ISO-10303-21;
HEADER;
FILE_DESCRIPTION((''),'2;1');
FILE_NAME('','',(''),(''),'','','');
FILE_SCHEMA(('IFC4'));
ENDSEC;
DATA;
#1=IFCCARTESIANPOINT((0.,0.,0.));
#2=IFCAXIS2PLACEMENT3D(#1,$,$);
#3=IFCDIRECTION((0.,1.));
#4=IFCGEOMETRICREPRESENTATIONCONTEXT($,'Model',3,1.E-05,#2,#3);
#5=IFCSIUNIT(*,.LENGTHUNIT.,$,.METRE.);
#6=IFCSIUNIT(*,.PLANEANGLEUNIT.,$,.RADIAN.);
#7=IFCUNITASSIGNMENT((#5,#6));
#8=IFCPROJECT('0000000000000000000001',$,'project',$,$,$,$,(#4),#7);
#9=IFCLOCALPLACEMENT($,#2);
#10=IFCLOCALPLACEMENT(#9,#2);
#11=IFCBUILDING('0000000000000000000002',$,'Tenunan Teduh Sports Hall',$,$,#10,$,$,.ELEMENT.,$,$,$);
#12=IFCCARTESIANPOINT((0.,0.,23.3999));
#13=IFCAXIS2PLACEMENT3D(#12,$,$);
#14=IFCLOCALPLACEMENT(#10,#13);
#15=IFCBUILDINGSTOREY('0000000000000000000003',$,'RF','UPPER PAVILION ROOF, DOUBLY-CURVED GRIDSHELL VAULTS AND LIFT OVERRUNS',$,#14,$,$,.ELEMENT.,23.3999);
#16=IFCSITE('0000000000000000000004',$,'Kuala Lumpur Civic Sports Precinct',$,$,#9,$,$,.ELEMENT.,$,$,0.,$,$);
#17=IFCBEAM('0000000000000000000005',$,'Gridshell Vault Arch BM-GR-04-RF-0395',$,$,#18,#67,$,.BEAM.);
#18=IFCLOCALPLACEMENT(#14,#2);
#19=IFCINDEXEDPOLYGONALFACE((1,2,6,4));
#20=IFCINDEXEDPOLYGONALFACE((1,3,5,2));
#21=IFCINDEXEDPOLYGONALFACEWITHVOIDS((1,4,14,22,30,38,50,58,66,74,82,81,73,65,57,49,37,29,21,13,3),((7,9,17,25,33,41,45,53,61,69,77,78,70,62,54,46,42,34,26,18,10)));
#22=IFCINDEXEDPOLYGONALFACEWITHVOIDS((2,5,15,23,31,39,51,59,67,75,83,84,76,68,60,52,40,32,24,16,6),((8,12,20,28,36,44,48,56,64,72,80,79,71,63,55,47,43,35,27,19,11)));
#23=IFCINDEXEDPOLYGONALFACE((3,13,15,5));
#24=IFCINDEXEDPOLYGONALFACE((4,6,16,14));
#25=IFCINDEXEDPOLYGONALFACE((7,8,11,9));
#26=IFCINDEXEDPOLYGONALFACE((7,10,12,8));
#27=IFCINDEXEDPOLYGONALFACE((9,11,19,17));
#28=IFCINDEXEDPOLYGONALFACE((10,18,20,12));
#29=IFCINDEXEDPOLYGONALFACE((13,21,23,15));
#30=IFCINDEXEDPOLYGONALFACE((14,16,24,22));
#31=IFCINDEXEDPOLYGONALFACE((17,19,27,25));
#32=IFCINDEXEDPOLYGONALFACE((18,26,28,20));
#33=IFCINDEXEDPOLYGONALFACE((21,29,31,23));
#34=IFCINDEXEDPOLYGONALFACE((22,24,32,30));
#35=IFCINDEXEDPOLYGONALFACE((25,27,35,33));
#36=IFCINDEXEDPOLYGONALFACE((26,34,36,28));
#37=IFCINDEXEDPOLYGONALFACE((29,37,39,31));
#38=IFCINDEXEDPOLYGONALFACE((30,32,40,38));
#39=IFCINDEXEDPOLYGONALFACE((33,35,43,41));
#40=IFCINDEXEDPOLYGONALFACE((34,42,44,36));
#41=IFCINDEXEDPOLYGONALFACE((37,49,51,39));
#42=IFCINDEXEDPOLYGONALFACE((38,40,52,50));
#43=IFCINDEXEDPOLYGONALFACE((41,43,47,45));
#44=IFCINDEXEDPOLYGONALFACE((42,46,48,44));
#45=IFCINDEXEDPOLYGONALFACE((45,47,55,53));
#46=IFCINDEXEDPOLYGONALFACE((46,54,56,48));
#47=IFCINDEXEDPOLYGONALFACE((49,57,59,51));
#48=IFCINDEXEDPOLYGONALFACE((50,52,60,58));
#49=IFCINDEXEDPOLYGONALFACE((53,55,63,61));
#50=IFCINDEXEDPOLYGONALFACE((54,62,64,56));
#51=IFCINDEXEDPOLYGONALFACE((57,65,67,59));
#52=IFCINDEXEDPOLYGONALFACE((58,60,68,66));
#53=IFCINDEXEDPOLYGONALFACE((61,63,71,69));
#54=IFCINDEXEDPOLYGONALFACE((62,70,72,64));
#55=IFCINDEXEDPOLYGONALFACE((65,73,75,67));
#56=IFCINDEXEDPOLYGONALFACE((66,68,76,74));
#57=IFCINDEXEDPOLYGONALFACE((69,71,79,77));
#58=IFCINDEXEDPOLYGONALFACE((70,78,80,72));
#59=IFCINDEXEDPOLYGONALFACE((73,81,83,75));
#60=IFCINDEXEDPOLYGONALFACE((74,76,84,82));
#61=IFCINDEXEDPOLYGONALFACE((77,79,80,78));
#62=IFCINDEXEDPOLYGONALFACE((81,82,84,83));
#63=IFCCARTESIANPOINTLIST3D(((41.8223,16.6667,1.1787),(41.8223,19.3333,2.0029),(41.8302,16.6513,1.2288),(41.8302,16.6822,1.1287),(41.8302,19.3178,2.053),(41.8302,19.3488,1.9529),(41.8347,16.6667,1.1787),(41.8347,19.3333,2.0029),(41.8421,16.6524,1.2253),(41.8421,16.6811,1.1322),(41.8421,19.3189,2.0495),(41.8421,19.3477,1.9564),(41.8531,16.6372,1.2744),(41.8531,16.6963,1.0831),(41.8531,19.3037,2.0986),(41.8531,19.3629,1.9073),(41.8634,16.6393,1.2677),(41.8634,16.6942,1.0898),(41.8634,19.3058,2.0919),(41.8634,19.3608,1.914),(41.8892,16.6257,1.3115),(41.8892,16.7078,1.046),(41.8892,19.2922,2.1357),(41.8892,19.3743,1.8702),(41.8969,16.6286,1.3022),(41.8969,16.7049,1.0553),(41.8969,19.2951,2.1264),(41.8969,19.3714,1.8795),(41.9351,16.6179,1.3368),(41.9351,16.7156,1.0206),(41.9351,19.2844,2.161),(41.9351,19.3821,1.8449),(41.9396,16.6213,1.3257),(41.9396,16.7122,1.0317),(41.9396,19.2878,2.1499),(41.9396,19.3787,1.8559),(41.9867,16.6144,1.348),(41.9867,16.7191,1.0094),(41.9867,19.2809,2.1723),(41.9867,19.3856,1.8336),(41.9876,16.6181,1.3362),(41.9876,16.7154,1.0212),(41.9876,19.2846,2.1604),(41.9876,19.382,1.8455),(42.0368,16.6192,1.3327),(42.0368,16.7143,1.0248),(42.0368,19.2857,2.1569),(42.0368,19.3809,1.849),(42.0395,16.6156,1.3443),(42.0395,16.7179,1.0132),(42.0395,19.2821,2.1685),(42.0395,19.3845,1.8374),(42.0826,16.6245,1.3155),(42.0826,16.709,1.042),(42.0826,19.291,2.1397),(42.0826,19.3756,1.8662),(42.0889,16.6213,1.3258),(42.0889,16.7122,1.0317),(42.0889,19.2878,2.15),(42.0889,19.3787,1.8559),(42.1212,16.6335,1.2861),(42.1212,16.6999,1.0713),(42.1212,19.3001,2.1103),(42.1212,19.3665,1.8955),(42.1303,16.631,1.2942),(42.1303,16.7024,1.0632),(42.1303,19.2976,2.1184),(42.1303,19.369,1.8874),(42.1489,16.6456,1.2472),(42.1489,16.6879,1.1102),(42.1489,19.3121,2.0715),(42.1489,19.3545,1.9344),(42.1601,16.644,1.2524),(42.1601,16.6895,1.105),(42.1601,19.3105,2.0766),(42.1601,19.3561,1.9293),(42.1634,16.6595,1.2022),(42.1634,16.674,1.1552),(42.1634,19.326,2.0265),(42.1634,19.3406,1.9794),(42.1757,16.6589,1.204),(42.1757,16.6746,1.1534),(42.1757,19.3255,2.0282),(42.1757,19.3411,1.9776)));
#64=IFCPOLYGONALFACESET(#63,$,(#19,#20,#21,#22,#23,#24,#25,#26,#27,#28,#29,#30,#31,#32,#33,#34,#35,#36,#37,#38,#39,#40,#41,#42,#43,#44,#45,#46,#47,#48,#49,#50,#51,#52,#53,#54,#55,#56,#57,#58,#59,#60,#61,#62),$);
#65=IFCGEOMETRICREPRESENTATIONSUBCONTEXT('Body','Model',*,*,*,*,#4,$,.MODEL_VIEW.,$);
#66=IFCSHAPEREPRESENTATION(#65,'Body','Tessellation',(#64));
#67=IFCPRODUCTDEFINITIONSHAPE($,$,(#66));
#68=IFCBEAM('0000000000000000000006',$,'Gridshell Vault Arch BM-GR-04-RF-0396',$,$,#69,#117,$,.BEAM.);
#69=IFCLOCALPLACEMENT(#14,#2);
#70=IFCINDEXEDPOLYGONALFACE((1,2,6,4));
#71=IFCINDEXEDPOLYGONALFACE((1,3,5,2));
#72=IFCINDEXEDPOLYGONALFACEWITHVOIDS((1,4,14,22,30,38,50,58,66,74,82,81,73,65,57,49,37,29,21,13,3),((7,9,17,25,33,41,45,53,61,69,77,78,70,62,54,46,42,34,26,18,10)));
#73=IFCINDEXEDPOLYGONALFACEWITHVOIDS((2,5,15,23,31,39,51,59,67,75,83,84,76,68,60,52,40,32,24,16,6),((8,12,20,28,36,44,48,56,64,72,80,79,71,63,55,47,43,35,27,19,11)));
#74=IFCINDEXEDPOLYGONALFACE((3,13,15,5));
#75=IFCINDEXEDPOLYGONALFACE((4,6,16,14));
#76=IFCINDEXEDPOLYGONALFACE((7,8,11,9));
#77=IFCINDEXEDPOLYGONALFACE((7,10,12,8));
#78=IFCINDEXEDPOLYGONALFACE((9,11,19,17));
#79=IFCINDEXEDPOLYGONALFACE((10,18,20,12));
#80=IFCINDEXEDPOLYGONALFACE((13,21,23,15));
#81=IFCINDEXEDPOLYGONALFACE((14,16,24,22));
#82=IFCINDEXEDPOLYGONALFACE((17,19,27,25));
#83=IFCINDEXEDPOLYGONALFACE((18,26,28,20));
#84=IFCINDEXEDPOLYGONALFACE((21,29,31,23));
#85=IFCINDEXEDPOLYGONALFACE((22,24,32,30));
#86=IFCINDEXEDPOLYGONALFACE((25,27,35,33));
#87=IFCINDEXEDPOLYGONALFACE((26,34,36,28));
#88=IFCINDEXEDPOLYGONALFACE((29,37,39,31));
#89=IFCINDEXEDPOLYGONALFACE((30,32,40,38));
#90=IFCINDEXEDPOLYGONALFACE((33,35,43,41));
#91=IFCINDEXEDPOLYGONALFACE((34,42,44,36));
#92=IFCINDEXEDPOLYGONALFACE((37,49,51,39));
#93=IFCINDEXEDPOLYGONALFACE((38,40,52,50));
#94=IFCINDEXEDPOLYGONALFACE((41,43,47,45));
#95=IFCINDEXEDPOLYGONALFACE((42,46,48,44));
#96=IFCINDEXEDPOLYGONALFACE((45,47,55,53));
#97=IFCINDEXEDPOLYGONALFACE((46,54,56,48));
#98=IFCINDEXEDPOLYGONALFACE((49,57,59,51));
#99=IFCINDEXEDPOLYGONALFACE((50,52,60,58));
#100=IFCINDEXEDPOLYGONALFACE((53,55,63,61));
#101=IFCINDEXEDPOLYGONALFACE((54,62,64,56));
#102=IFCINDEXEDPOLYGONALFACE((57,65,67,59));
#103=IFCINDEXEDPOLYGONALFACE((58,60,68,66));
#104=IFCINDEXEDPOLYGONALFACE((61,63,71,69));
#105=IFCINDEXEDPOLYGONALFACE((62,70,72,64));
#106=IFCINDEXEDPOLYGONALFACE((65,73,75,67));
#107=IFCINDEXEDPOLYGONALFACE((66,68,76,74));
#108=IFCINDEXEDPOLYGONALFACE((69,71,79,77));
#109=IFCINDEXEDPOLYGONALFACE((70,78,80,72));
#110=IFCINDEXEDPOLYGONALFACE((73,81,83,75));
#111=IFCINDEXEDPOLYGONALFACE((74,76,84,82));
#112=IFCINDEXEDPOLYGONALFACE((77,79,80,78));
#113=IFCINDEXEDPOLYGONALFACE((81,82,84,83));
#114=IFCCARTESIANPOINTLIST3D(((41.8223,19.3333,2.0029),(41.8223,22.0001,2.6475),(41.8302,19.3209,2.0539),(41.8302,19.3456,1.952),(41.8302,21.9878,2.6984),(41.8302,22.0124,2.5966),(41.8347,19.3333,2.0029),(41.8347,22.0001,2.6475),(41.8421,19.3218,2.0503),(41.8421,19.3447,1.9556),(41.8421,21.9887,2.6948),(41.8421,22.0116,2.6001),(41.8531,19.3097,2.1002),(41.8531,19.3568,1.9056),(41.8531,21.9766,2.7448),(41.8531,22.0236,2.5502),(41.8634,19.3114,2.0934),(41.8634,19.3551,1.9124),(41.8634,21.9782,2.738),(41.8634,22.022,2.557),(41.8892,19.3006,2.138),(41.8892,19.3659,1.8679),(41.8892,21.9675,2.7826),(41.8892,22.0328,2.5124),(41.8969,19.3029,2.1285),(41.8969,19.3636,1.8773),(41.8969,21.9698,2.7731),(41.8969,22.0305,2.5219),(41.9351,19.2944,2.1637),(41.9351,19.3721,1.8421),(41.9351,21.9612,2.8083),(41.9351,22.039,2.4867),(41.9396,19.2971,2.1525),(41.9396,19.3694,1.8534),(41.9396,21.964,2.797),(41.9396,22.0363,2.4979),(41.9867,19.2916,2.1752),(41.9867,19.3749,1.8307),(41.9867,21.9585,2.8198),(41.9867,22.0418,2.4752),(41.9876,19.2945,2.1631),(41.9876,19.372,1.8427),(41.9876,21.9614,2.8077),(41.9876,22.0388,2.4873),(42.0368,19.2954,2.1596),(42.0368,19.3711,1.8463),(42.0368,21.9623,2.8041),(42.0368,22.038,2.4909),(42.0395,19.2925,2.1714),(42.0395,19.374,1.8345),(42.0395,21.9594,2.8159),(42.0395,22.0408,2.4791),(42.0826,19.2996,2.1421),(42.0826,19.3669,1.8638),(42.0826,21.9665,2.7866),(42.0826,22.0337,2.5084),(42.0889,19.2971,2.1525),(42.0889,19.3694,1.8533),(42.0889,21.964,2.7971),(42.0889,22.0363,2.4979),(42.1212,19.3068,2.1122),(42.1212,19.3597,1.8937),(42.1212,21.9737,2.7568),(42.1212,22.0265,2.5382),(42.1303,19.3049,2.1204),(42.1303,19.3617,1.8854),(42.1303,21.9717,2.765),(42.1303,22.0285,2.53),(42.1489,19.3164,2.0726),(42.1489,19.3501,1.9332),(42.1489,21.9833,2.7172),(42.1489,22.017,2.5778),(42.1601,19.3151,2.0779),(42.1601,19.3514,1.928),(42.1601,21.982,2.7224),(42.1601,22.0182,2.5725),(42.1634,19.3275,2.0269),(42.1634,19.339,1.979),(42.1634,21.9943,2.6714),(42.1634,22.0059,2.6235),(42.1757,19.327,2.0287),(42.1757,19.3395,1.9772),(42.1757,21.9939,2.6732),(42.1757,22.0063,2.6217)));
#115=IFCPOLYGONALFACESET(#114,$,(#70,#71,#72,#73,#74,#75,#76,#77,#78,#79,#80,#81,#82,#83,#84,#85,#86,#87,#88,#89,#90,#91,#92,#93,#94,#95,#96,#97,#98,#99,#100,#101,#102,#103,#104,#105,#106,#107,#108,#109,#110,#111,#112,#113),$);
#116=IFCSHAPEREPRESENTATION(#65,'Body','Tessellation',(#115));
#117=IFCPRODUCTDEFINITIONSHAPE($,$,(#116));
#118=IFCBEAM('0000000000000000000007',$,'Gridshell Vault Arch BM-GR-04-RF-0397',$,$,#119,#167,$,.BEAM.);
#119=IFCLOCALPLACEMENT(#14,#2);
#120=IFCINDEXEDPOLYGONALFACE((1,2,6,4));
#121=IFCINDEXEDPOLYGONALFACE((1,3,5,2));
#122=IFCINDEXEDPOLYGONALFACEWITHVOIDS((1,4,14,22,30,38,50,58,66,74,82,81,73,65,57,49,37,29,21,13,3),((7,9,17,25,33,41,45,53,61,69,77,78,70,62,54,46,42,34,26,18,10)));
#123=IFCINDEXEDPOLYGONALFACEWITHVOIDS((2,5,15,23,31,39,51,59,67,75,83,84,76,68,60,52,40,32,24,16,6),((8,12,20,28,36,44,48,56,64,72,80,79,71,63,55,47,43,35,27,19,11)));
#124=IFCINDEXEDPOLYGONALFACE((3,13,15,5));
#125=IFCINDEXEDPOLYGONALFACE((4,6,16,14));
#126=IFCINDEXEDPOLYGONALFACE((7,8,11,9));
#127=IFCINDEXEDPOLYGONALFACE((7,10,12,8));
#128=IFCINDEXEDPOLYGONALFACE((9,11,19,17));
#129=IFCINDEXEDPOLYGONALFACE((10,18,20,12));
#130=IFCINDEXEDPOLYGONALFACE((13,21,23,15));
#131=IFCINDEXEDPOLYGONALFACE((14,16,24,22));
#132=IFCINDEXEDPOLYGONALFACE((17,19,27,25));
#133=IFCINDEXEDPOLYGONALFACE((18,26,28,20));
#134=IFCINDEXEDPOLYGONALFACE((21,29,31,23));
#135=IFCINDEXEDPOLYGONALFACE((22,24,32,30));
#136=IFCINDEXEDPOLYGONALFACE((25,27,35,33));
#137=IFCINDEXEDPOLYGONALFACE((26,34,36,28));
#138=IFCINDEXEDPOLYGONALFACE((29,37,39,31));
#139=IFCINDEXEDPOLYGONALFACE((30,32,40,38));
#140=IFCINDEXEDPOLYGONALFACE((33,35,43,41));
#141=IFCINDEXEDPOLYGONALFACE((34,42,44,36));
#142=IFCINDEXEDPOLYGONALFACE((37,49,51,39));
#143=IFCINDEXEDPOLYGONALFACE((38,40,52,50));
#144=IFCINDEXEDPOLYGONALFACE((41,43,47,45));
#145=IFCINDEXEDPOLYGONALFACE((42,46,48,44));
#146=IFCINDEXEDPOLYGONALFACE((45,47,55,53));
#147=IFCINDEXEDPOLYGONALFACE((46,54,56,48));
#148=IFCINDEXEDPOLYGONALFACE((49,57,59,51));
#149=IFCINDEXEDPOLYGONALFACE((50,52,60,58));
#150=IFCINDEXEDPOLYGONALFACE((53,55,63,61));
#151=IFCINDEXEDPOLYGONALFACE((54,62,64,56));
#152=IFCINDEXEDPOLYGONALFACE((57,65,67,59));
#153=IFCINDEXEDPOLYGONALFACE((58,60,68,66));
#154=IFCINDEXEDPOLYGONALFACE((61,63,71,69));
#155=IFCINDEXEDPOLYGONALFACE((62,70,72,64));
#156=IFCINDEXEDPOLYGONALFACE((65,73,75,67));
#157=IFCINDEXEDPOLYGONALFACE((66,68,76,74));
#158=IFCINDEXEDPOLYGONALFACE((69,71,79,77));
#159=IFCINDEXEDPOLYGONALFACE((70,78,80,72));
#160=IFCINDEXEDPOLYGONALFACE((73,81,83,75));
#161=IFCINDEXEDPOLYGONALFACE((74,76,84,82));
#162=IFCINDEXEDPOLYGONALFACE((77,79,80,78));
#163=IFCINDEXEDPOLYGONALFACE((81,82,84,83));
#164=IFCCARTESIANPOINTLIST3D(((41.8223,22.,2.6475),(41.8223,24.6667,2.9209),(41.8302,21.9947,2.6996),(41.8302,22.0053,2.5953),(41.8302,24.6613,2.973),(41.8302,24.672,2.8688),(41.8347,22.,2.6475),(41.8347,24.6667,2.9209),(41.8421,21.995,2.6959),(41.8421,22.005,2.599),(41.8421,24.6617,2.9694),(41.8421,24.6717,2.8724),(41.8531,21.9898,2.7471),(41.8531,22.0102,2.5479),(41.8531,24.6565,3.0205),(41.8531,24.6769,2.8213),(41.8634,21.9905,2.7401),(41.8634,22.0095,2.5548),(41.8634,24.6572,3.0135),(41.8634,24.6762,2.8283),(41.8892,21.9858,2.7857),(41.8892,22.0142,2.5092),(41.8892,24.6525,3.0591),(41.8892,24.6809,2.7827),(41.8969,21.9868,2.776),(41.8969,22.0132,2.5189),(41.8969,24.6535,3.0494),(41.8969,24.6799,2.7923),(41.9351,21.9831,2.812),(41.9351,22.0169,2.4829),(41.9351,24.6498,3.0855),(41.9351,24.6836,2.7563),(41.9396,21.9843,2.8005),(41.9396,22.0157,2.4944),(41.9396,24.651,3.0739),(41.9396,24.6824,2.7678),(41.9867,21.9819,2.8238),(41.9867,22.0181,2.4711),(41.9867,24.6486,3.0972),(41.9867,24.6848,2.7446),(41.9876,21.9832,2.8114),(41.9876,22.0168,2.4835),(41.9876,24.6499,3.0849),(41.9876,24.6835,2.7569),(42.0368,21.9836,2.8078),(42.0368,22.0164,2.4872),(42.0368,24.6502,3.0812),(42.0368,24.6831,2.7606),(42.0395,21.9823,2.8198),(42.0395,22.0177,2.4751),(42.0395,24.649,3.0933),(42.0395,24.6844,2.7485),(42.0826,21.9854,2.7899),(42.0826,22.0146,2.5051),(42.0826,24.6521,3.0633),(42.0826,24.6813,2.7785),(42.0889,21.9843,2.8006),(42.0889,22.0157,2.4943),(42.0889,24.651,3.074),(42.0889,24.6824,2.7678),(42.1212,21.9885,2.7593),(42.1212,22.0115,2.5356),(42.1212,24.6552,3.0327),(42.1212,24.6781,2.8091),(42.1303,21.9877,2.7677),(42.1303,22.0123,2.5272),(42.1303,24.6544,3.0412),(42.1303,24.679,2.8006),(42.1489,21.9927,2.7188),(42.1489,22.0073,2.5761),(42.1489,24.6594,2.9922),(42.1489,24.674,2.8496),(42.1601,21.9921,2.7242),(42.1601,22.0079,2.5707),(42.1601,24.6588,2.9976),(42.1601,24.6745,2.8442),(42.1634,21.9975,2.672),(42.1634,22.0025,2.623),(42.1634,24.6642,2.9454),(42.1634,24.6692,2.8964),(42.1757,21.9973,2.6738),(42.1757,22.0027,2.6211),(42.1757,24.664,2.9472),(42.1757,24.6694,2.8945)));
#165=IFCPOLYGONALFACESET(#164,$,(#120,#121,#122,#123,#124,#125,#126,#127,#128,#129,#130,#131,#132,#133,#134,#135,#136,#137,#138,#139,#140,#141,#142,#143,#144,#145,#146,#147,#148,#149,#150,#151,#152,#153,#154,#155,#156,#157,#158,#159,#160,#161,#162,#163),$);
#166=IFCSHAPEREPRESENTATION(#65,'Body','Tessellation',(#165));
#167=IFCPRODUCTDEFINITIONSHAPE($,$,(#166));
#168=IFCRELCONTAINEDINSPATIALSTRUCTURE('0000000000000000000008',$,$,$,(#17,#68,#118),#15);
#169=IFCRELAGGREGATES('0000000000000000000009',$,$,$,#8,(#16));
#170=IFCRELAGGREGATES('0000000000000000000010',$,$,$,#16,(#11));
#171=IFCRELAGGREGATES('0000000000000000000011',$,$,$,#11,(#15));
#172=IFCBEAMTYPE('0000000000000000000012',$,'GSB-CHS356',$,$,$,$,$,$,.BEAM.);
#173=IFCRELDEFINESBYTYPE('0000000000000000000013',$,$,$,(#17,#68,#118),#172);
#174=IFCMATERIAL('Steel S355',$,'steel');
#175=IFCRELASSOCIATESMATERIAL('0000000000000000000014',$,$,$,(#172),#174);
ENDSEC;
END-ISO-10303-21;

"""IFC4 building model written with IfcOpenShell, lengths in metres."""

from ifc_helpers import new_model, si_unit, direction, frame, origin, origin_2d, place, context, subcontext, project, spatial, hollow_circle, extrude, material, material_profile, profile_set, type_object, element, save


model = new_model("IFC4")

# Units and contexts
model_context = context("Model", 3, precision=1e-05, world=origin(), true_north=direction((0.0, 1.0)))
body_context = subcontext(model_context, "Body", "Model", "MODEL_VIEW")
ifc_project = project(units=[si_unit("LENGTHUNIT", "METRE"), si_unit("PLANEANGLEUNIT", "RADIAN")], contexts=[model_context])

# Site, building, storey
site_placement = place(None, origin())
site = spatial("IfcSite", under=ifc_project, at=site_placement, Name="Kuala Lumpur Civic Sports Precinct", CompositionType="ELEMENT", RefElevation=0.0)
building_placement = place(site_placement, origin())
building = spatial("IfcBuilding", under=site, at=building_placement, Name="Tenunan Teduh Sports Hall", CompositionType="ELEMENT")
storey_placement = place(building_placement, frame((0.0, 0.0, 23.3999)))
storey = spatial("IfcBuildingStorey", under=building, at=storey_placement, Name="RF", Description="UPPER PAVILION ROOF, DOUBLY-CURVED GRIDSHELL VAULTS AND LIFT OVERRUNS", CompositionType="ELEMENT", Elevation=23.3999)

# Beams
ifc_material_1 = material(Name="Steel S355", Category="steel")
ifc_material_profile_1 = material_profile(ifc_material_1, hollow_circle(Radius=0.1777, WallThickness=0.0125, at=origin_2d()), Name="CHS 355.6x12.5")
ifc_profile_set_1 = profile_set([ifc_material_profile_1], Name="Steel S355")
beam_type_1 = type_object("IfcBeamType", Name="GSB-CHS356", PredefinedType="BEAM", material=ifc_profile_set_1)
beam_1_placement = place(storey_placement, frame((42.0, 16.6667, 1.1787), z_axis=(0.0, 0.9554, 0.295315), x_axis=(-1.0, 0.0, 0.0)))
element("IfcBeam", 1, at=beam_1_placement, inside=storey, type_object=beam_type_1, Name="Gridshell Vault Arch BM-GR-04-RF-0395", PredefinedType="BEAM", context=body_context, shape_type="SweptSolid", body=[
    extrude(hollow_circle(Radius=0.1777, WallThickness=0.0125, at=origin_2d()), origin(), (0.0, 0.0, 1.0), 2.791),
])
beam_2_placement = place(storey_placement, frame((42.0, 19.3333, 2.0029), z_axis=(0.0, 0.972013, 0.234928), x_axis=(-1.0, 0.0, 0.0)))
element("IfcBeam", 2, at=beam_2_placement, inside=storey, type_object=beam_type_1, Name="Gridshell Vault Arch BM-GR-04-RF-0396", PredefinedType="BEAM", context=body_context, shape_type="SweptSolid", body=[
    extrude(hollow_circle(Radius=0.1777, WallThickness=0.0125, at=origin_2d()), origin(), (0.0, 0.0, 1.0), 2.7437),
])
beam_3_placement = place(storey_placement, frame((42.0, 22.0, 2.6475), z_axis=(0.0, 0.994784, 0.102001), x_axis=(-1.0, 0.0, 0.0)))
element("IfcBeam", 3, at=beam_3_placement, inside=storey, type_object=beam_type_1, Name="Gridshell Vault Arch BM-GR-04-RF-0397", PredefinedType="BEAM", context=body_context, shape_type="SweptSolid", body=[
    extrude(hollow_circle(Radius=0.1777, WallThickness=0.0125, at=origin_2d()), origin(), (0.0, 0.0, 1.0), 2.6807),
])

save(model, "model.ifc")
